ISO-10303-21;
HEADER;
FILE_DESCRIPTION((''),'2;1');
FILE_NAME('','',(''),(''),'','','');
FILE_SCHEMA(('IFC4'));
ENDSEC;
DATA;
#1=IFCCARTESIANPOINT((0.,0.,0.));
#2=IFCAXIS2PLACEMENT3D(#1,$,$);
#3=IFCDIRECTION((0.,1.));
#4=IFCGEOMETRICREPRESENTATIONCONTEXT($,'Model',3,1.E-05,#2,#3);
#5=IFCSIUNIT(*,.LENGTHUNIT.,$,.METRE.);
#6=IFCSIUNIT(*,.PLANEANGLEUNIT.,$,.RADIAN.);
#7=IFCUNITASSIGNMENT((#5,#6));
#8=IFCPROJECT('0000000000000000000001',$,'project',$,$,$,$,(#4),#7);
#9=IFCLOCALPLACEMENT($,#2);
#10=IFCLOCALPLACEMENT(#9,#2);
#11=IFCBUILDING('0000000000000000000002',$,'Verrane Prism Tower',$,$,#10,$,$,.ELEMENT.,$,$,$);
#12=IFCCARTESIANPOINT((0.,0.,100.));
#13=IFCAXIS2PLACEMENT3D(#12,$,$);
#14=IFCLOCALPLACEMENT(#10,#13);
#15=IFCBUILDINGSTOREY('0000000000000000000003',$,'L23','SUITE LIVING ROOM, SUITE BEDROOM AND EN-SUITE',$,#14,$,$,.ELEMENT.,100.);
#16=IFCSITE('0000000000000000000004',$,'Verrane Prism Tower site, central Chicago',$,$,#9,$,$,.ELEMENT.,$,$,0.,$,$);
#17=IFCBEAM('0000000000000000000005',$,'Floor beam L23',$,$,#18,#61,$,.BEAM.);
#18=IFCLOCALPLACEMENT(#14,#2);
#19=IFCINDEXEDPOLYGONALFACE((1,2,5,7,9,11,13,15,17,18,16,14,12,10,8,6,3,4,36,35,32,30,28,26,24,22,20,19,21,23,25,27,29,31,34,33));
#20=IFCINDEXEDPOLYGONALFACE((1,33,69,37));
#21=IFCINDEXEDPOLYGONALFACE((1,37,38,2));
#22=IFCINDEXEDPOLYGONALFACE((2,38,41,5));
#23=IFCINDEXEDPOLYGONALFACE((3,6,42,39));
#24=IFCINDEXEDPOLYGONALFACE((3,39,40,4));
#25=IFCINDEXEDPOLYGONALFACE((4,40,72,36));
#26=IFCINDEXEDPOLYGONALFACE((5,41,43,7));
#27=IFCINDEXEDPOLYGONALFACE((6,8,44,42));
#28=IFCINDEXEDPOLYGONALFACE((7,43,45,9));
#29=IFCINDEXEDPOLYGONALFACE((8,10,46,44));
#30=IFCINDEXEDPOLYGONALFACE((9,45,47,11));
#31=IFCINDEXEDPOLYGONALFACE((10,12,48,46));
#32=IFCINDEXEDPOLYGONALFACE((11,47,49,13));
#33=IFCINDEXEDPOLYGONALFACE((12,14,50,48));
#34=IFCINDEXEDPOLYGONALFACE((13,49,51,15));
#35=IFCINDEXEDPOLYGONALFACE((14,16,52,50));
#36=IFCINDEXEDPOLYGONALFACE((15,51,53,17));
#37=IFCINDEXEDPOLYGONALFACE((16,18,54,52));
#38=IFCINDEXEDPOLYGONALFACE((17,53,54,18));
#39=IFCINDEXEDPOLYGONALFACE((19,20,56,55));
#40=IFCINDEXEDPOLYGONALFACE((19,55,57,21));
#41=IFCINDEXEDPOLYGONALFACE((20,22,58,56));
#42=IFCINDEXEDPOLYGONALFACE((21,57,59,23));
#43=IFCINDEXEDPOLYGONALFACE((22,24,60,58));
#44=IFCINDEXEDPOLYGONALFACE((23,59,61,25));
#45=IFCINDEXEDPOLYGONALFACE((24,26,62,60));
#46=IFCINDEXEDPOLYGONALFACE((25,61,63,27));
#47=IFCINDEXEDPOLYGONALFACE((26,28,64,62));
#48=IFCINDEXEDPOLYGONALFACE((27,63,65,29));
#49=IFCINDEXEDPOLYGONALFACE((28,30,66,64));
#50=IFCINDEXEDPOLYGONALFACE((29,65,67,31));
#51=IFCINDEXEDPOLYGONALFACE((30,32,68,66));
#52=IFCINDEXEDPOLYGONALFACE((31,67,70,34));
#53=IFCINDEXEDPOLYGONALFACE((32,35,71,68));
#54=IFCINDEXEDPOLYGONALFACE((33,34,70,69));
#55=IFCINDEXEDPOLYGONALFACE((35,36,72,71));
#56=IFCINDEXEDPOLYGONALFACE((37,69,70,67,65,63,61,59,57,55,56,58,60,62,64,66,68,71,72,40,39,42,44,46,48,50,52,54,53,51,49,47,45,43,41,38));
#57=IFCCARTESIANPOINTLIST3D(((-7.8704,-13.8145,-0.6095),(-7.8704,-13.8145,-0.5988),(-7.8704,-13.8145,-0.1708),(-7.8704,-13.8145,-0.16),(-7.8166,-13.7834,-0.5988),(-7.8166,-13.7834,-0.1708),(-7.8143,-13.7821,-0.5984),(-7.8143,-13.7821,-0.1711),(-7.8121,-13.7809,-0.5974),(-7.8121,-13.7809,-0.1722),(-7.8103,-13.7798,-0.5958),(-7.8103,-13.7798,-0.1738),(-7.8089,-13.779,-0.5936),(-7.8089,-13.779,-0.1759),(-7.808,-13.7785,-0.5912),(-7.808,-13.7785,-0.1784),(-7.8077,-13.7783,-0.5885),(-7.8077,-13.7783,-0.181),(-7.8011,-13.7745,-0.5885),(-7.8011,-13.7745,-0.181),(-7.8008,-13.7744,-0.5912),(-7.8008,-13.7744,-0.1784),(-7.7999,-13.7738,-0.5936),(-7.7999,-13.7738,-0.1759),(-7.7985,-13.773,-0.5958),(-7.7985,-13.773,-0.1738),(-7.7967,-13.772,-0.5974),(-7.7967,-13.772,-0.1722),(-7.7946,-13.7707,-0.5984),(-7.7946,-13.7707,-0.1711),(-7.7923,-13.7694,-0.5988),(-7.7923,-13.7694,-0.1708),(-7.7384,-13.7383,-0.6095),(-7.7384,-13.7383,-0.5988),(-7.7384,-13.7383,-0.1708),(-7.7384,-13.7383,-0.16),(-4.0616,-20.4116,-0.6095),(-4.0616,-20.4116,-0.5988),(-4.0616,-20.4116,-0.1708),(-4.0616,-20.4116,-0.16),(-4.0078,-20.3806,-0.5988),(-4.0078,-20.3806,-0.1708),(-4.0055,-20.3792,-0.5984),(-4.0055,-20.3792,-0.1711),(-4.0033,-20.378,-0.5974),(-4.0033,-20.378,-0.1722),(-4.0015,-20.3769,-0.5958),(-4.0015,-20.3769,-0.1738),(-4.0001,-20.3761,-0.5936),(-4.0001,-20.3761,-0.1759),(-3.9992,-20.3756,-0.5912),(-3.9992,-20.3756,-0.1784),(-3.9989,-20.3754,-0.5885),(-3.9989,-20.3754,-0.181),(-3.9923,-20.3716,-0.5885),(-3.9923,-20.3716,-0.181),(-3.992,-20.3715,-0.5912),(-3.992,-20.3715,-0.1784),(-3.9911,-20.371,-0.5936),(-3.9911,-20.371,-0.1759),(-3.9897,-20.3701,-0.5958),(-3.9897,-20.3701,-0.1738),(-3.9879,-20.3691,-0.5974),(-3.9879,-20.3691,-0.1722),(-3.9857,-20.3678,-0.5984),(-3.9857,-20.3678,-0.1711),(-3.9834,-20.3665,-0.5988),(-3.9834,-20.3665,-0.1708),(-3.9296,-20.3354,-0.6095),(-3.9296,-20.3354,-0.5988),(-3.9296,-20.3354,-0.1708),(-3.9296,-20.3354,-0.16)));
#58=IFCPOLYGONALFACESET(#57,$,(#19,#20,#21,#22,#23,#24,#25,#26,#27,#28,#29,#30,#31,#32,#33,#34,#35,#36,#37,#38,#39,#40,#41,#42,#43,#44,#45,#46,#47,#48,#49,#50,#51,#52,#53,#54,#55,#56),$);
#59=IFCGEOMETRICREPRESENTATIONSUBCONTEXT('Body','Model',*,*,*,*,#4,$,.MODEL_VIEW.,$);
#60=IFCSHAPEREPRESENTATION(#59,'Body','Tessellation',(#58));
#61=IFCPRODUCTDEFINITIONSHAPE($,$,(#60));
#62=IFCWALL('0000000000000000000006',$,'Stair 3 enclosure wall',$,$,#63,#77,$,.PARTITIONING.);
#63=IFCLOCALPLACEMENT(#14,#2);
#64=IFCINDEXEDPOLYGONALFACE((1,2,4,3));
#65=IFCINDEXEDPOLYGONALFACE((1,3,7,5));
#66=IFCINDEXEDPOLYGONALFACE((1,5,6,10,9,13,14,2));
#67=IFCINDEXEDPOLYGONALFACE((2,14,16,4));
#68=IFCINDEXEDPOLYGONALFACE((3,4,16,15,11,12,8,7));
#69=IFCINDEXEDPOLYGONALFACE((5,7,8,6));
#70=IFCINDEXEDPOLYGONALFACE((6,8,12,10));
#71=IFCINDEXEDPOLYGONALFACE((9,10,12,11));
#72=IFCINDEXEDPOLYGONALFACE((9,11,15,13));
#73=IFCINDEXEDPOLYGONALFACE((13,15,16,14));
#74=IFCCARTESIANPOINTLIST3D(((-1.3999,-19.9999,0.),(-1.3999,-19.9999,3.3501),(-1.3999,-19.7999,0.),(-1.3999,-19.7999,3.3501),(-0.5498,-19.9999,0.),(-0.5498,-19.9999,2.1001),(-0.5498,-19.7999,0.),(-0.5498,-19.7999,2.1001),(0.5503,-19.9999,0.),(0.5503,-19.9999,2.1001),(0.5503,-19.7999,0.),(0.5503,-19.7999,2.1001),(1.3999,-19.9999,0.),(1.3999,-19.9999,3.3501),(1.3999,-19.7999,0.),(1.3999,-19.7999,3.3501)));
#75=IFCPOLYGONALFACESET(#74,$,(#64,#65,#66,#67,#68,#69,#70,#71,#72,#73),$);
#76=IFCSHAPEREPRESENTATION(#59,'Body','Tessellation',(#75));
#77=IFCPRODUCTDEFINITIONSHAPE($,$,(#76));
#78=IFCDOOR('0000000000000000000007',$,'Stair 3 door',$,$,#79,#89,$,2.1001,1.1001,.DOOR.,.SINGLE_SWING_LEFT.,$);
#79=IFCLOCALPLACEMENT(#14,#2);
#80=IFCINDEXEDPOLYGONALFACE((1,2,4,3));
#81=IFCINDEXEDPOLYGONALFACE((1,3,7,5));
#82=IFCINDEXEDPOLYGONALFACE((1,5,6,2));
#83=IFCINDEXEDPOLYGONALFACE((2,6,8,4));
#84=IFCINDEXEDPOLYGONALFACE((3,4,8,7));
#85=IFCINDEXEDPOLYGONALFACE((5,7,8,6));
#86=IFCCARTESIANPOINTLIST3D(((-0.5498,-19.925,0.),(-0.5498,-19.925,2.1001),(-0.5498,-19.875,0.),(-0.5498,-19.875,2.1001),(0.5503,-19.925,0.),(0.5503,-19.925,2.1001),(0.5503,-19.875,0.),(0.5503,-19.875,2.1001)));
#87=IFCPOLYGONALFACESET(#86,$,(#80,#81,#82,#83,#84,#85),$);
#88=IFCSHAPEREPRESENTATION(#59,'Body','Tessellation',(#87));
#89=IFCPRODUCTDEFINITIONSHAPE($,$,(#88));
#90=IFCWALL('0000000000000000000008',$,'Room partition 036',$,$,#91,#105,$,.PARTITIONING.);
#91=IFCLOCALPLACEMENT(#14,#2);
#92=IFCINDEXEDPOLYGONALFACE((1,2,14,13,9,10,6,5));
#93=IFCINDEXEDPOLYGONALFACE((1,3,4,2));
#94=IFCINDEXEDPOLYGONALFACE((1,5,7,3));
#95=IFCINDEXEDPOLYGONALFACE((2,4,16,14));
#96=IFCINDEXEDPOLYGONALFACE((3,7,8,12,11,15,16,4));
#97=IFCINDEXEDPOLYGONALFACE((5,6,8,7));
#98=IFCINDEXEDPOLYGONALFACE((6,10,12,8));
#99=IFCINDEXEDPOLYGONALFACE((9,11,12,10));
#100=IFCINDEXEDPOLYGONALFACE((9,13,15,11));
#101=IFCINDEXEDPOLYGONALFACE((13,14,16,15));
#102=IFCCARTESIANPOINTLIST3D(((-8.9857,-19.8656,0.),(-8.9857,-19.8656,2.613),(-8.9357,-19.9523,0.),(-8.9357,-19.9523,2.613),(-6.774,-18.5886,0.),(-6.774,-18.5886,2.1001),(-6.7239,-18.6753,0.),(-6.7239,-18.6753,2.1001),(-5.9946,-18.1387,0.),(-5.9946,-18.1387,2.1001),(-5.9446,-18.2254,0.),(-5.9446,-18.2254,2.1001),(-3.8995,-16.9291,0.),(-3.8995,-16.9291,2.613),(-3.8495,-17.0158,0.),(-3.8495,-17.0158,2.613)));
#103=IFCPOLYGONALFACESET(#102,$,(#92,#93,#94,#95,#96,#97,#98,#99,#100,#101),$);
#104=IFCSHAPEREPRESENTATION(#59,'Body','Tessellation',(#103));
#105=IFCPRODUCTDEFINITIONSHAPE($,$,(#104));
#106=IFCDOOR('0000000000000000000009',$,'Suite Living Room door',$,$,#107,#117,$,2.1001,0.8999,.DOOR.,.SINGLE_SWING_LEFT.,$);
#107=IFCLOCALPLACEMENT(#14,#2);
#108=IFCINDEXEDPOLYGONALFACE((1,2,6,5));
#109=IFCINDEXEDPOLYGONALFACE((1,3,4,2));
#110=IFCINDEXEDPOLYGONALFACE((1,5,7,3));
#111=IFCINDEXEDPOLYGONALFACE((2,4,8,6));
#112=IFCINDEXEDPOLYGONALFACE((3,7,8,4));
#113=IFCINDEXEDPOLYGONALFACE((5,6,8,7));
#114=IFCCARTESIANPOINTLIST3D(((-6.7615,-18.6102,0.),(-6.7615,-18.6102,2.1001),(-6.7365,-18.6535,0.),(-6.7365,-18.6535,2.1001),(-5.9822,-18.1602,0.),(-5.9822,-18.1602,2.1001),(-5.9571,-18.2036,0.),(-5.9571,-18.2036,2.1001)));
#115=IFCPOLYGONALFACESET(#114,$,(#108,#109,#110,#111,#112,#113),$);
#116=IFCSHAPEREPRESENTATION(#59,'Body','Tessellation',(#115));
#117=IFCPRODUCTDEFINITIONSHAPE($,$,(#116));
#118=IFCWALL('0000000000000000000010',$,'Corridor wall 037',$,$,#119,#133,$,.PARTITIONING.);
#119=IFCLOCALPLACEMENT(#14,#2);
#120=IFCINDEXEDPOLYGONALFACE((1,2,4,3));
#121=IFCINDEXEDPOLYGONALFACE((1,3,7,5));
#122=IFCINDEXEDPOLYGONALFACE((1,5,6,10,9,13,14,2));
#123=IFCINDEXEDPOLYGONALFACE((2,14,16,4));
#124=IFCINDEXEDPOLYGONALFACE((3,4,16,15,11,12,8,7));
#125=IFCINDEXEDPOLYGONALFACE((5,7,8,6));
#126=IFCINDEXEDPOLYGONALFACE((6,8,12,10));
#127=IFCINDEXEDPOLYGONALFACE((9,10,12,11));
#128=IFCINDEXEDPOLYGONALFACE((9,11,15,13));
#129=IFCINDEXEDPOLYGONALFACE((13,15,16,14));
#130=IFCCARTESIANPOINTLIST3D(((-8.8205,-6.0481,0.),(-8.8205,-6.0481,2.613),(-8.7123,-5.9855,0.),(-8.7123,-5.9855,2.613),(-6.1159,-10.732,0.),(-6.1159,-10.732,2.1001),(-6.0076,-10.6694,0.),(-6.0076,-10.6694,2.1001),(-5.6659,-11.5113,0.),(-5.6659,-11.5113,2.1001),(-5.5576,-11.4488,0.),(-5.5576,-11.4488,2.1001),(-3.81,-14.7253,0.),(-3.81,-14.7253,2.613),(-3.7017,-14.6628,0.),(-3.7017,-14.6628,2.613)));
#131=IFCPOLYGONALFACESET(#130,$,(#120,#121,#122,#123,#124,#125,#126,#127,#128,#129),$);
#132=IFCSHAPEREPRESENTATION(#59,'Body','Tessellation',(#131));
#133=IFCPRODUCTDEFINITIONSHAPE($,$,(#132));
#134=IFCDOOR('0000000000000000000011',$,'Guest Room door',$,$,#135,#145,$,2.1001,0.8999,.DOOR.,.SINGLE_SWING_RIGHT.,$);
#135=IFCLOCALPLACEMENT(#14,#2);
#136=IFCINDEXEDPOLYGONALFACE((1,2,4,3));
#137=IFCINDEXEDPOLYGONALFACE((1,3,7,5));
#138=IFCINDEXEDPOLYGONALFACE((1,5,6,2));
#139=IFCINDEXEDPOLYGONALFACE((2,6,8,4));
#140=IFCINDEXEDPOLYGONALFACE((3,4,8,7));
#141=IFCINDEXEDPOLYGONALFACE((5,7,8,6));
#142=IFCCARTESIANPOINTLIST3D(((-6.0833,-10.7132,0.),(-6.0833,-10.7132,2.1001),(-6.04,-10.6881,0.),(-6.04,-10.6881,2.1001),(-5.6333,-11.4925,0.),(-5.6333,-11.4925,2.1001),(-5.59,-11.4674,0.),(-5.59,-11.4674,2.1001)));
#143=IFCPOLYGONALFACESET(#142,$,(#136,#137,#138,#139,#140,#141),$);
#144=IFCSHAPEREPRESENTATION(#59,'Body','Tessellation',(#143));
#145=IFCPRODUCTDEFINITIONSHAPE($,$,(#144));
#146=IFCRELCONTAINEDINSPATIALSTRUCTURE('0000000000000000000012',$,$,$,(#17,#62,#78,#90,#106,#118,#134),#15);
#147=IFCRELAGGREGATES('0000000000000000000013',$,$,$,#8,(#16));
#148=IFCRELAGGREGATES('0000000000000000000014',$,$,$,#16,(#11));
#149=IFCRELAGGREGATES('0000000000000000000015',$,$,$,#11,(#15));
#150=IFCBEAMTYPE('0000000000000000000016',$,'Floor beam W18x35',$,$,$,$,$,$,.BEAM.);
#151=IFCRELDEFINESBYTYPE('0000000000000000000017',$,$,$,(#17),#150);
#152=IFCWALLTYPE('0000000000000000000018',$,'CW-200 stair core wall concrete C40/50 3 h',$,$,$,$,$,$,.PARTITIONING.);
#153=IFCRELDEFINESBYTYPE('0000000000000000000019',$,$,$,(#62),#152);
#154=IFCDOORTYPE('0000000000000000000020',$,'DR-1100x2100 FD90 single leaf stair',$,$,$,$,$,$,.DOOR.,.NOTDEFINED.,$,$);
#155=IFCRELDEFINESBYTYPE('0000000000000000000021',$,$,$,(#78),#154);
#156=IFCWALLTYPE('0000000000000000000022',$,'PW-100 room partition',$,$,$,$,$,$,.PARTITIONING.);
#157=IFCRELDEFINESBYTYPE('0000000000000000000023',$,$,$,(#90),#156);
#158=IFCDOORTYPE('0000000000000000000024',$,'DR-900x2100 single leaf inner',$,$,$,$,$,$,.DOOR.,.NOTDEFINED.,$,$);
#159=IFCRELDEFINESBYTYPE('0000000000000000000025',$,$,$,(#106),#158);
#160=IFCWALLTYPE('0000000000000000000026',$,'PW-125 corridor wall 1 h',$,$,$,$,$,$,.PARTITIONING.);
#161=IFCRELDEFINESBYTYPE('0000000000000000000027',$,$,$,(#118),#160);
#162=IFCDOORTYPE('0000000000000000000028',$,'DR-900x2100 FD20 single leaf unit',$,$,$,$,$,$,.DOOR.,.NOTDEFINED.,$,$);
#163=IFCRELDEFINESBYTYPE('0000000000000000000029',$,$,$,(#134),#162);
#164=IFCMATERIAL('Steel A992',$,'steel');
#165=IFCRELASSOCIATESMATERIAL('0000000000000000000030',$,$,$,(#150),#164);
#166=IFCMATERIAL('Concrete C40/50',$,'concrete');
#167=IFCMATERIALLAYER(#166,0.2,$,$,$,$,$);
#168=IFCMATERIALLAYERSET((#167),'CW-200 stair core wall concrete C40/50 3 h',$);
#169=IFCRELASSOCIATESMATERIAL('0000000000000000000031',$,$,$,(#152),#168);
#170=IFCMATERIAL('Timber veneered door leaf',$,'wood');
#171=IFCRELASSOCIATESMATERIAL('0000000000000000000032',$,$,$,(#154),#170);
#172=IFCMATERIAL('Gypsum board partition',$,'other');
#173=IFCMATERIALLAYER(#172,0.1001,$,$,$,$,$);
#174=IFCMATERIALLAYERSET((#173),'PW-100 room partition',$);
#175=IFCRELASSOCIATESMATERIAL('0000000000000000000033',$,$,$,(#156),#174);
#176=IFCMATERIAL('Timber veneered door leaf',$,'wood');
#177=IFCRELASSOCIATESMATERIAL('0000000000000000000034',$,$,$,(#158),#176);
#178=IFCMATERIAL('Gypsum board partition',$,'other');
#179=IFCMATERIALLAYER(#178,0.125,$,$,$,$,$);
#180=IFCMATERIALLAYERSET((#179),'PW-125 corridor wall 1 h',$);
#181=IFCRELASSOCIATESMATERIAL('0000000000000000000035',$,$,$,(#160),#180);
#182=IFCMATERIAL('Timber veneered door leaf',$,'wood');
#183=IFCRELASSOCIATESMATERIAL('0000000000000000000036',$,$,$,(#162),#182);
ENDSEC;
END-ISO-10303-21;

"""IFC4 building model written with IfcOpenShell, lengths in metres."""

from ifc_helpers import new_model, si_unit, direction, frame, frame_2d, origin, origin_2d, place, context, subcontext, project, spatial, rectangle, i_section, extrude, material, layer, layer_set, material_profile, profile_set, type_object, element, fill, save


model = new_model("IFC4")

# Units and contexts
model_context = context("Model", 3, precision=1e-05, world=origin(), true_north=direction((0.0, 1.0)))
body_context = subcontext(model_context, "Body", "Model", "MODEL_VIEW")
ifc_project = project(units=[si_unit("LENGTHUNIT", "METRE"), si_unit("PLANEANGLEUNIT", "RADIAN")], contexts=[model_context])

# Site, building, storey
site_placement = place(None, origin())
site = spatial("IfcSite", under=ifc_project, at=site_placement, Name="Verrane Prism Tower site, central Chicago", CompositionType="ELEMENT", RefElevation=0.0)
building_placement = place(site_placement, origin())
building = spatial("IfcBuilding", under=site, at=building_placement, Name="Verrane Prism Tower", CompositionType="ELEMENT")
storey_placement = place(building_placement, frame((0.0, 0.0, 100.0)))
storey = spatial("IfcBuildingStorey", under=building, at=storey_placement, Name="L23", Description="SUITE LIVING ROOM, SUITE BEDROOM AND EN-SUITE", CompositionType="ELEMENT", Elevation=100.0)

# Beam
ifc_material_1 = material(Name="Steel A992", Category="steel")
ifc_material_profile_1 = material_profile(ifc_material_1, i_section(OverallWidth=0.1523, OverallDepth=0.4495, WebThickness=0.0076, FlangeThickness=0.0107, FilletRadius=0.0103, at=origin_2d()), Name="W18x35")
ifc_profile_set_1 = profile_set([ifc_material_profile_1], Name="Steel A992")
beam_type_1 = type_object("IfcBeamType", Name="Floor beam W18x35", PredefinedType="BEAM", material=ifc_profile_set_1)
beam_1_placement = place(storey_placement, frame((-3.9956, -20.3735, -0.3848), z_axis=(-0.499996, 0.866028, 0.0), x_axis=(-0.866028, -0.499996, 0.0)))
element("IfcBeam", 1, at=beam_1_placement, inside=storey, type_object=beam_type_1, Name="Floor beam L23", PredefinedType="BEAM", context=body_context, shape_type="SweptSolid", body=[
    extrude(i_section(OverallWidth=0.1523, OverallDepth=0.4495, WebThickness=0.0076, FlangeThickness=0.0107, FilletRadius=0.0103, at=origin_2d()), origin(), (0.0, 0.0, 1.0), 7.6177),
])

# Walls, openings, doors
ifc_material_2 = material(Name="Concrete C40/50", Category="concrete")
ifc_layer_1 = layer(ifc_material_2, 0.2)
ifc_layer_set_1 = layer_set([ifc_layer_1], Name="CW-200 stair core wall concrete C40/50 3 h")
wall_type_1 = type_object("IfcWallType", Name="CW-200 stair core wall concrete C40/50 3 h", PredefinedType="PARTITIONING", material=ifc_layer_set_1)
wall_1_placement = place(storey_placement, frame((-1.3999, -19.8999, 0.0), z_axis=(0.0, 0.0, 1.0), x_axis=(1.0, 0.0, 0.0)))
wall_1 = element("IfcWall", 2, at=wall_1_placement, inside=storey, type_object=wall_type_1, Name="Stair 3 enclosure wall", PredefinedType="PARTITIONING", context=body_context, shape_type="SweptSolid", body=[
    extrude(rectangle(XDim=2.7998, YDim=0.2, at=frame_2d((1.3999, 0.0))), origin(), (0.0, 0.0, 1.0), 3.3501),
])
opening_1_placement = place(wall_1_placement, frame((0.8501, 0.0, 0.0)))
opening_1 = element("IfcOpeningElement", 3, at=opening_1_placement, cuts=wall_1, PredefinedType="OPENING", context=body_context, shape_type="SweptSolid", body=[
    extrude(rectangle(XDim=1.1001, YDim=2.1001, at=frame_2d((0.55, 1.05))), frame((0.0, 0.1099, 0.0), z_axis=(0.0, -1.0, 0.0), x_axis=(1.0, 0.0, 0.0)), (0.0, 0.0, 1.0), 0.22),
])
ifc_material_3 = material(Name="Timber veneered door leaf", Category="wood")
door_type_1 = type_object("IfcDoorType", Name="DR-1100x2100 FD90 single leaf stair", OperationType="NOTDEFINED", PredefinedType="DOOR", material=ifc_material_3)
door_1_placement = place(opening_1_placement, origin())
door_1 = element("IfcDoor", 4, at=door_1_placement, inside=storey, type_object=door_type_1, Name="Stair 3 door", OperationType="SINGLE_SWING_LEFT", OverallHeight=2.1001, OverallWidth=1.1001, PredefinedType="DOOR", context=body_context, shape_type="SweptSolid", body=[
    extrude(rectangle(XDim=1.1001, YDim=2.1001, at=frame_2d((0.55, 1.05))), frame((0.0, 0.0249, 0.0), z_axis=(0.0, -1.0, 0.0), x_axis=(1.0, 0.0, 0.0)), (0.0, 0.0, 1.0), 0.05),
])
fill(opening_1, door_1)
ifc_material_4 = material(Name="Gypsum board partition", Category="other")
ifc_layer_2 = layer(ifc_material_4, 0.1001)
ifc_layer_set_2 = layer_set([ifc_layer_2], Name="PW-100 room partition")
wall_type_2 = type_object("IfcWallType", Name="PW-100 room partition", PredefinedType="PARTITIONING", material=ifc_layer_set_2)
wall_2_placement = place(storey_placement, frame((-3.8745, -16.9724, 0.0), z_axis=(0.0, 0.0, 1.0), x_axis=(-0.866024, -0.500002, 0.0)))
wall_2 = element("IfcWall", 5, at=wall_2_placement, inside=storey, type_object=wall_type_2, Name="Room partition 036", PredefinedType="PARTITIONING", context=body_context, shape_type="SweptSolid", body=[
    extrude(rectangle(XDim=5.873, YDim=0.1001, at=frame_2d((2.9365, 0.0))), origin(), (0.0, 0.0, 1.0), 2.613),
])
opening_2_placement = place(wall_2_placement, frame((2.4192, 0.0, 0.0)))
opening_2 = element("IfcOpeningElement", 6, at=opening_2_placement, cuts=wall_2, PredefinedType="OPENING", context=body_context, shape_type="SweptSolid", body=[
    extrude(rectangle(XDim=0.8999, YDim=2.1001, at=frame_2d((0.45, 1.05))), frame((0.0, 0.0601, 0.0), z_axis=(0.0, -1.0, 0.0), x_axis=(1.0, 0.0, 0.0)), (0.0, 0.0, 1.0), 0.1201),
])
ifc_material_5 = material(Name="Timber veneered door leaf", Category="wood")
door_type_2 = type_object("IfcDoorType", Name="DR-900x2100 single leaf inner", OperationType="NOTDEFINED", PredefinedType="DOOR", material=ifc_material_5)
door_2_placement = place(opening_2_placement, origin())
door_2 = element("IfcDoor", 7, at=door_2_placement, inside=storey, type_object=door_type_2, Name="Suite Living Room door", OperationType="SINGLE_SWING_LEFT", OverallHeight=2.1001, OverallWidth=0.8999, PredefinedType="DOOR", context=body_context, shape_type="SweptSolid", body=[
    extrude(rectangle(XDim=0.8999, YDim=2.1001, at=frame_2d((0.45, 1.05))), frame((0.0, 0.0249, 0.0), z_axis=(0.0, -1.0, 0.0), x_axis=(1.0, 0.0, 0.0)), (0.0, 0.0, 1.0), 0.05),
])
fill(opening_2, door_2)
ifc_material_6 = material(Name="Gypsum board partition", Category="other")
ifc_layer_3 = layer(ifc_material_6, 0.125)
ifc_layer_set_3 = layer_set([ifc_layer_3], Name="PW-125 corridor wall 1 h")
wall_type_3 = type_object("IfcWallType", Name="PW-125 corridor wall 1 h", PredefinedType="PARTITIONING", material=ifc_layer_set_3)
wall_3_placement = place(storey_placement, frame((-3.7559, -14.6941, 0.0), z_axis=(0.0, 0.0, 1.0), x_axis=(-0.500051, 0.865996, 0.0)))
wall_3 = element("IfcWall", 8, at=wall_3_placement, inside=storey, type_object=wall_type_3, Name="Corridor wall 037", PredefinedType="PARTITIONING", context=body_context, shape_type="SweptSolid", body=[
    extrude(rectangle(XDim=10.02, YDim=0.125, at=frame_2d((5.01, 0.0))), origin(), (0.0, 0.0, 1.0), 2.613),
])
opening_3_placement = place(wall_3_placement, frame((3.7114, 0.0, 0.0)))
opening_3 = element("IfcOpeningElement", 9, at=opening_3_placement, cuts=wall_3, PredefinedType="OPENING", context=body_context, shape_type="SweptSolid", body=[
    extrude(rectangle(XDim=0.8999, YDim=2.1001, at=frame_2d((0.45, 1.05))), frame((0.0, 0.0725, 0.0), z_axis=(0.0, -1.0, 0.0), x_axis=(1.0, 0.0, 0.0)), (0.0, 0.0, 1.0), 0.145),
])
ifc_material_7 = material(Name="Timber veneered door leaf", Category="wood")
door_type_3 = type_object("IfcDoorType", Name="DR-900x2100 FD20 single leaf unit", OperationType="NOTDEFINED", PredefinedType="DOOR", material=ifc_material_7)
door_3_placement = place(opening_3_placement, origin())
door_3 = element("IfcDoor", 10, at=door_3_placement, inside=storey, type_object=door_type_3, Name="Guest Room door", OperationType="SINGLE_SWING_RIGHT", OverallHeight=2.1001, OverallWidth=0.8999, PredefinedType="DOOR", context=body_context, shape_type="SweptSolid", body=[
    extrude(rectangle(XDim=0.8999, YDim=2.1001, at=frame_2d((0.45, 1.05))), frame((0.0, 0.0249, 0.0), z_axis=(0.0, -1.0, 0.0), x_axis=(1.0, 0.0, 0.0)), (0.0, 0.0, 1.0), 0.05),
])
fill(opening_3, door_3)

save(model, "model.ifc")
